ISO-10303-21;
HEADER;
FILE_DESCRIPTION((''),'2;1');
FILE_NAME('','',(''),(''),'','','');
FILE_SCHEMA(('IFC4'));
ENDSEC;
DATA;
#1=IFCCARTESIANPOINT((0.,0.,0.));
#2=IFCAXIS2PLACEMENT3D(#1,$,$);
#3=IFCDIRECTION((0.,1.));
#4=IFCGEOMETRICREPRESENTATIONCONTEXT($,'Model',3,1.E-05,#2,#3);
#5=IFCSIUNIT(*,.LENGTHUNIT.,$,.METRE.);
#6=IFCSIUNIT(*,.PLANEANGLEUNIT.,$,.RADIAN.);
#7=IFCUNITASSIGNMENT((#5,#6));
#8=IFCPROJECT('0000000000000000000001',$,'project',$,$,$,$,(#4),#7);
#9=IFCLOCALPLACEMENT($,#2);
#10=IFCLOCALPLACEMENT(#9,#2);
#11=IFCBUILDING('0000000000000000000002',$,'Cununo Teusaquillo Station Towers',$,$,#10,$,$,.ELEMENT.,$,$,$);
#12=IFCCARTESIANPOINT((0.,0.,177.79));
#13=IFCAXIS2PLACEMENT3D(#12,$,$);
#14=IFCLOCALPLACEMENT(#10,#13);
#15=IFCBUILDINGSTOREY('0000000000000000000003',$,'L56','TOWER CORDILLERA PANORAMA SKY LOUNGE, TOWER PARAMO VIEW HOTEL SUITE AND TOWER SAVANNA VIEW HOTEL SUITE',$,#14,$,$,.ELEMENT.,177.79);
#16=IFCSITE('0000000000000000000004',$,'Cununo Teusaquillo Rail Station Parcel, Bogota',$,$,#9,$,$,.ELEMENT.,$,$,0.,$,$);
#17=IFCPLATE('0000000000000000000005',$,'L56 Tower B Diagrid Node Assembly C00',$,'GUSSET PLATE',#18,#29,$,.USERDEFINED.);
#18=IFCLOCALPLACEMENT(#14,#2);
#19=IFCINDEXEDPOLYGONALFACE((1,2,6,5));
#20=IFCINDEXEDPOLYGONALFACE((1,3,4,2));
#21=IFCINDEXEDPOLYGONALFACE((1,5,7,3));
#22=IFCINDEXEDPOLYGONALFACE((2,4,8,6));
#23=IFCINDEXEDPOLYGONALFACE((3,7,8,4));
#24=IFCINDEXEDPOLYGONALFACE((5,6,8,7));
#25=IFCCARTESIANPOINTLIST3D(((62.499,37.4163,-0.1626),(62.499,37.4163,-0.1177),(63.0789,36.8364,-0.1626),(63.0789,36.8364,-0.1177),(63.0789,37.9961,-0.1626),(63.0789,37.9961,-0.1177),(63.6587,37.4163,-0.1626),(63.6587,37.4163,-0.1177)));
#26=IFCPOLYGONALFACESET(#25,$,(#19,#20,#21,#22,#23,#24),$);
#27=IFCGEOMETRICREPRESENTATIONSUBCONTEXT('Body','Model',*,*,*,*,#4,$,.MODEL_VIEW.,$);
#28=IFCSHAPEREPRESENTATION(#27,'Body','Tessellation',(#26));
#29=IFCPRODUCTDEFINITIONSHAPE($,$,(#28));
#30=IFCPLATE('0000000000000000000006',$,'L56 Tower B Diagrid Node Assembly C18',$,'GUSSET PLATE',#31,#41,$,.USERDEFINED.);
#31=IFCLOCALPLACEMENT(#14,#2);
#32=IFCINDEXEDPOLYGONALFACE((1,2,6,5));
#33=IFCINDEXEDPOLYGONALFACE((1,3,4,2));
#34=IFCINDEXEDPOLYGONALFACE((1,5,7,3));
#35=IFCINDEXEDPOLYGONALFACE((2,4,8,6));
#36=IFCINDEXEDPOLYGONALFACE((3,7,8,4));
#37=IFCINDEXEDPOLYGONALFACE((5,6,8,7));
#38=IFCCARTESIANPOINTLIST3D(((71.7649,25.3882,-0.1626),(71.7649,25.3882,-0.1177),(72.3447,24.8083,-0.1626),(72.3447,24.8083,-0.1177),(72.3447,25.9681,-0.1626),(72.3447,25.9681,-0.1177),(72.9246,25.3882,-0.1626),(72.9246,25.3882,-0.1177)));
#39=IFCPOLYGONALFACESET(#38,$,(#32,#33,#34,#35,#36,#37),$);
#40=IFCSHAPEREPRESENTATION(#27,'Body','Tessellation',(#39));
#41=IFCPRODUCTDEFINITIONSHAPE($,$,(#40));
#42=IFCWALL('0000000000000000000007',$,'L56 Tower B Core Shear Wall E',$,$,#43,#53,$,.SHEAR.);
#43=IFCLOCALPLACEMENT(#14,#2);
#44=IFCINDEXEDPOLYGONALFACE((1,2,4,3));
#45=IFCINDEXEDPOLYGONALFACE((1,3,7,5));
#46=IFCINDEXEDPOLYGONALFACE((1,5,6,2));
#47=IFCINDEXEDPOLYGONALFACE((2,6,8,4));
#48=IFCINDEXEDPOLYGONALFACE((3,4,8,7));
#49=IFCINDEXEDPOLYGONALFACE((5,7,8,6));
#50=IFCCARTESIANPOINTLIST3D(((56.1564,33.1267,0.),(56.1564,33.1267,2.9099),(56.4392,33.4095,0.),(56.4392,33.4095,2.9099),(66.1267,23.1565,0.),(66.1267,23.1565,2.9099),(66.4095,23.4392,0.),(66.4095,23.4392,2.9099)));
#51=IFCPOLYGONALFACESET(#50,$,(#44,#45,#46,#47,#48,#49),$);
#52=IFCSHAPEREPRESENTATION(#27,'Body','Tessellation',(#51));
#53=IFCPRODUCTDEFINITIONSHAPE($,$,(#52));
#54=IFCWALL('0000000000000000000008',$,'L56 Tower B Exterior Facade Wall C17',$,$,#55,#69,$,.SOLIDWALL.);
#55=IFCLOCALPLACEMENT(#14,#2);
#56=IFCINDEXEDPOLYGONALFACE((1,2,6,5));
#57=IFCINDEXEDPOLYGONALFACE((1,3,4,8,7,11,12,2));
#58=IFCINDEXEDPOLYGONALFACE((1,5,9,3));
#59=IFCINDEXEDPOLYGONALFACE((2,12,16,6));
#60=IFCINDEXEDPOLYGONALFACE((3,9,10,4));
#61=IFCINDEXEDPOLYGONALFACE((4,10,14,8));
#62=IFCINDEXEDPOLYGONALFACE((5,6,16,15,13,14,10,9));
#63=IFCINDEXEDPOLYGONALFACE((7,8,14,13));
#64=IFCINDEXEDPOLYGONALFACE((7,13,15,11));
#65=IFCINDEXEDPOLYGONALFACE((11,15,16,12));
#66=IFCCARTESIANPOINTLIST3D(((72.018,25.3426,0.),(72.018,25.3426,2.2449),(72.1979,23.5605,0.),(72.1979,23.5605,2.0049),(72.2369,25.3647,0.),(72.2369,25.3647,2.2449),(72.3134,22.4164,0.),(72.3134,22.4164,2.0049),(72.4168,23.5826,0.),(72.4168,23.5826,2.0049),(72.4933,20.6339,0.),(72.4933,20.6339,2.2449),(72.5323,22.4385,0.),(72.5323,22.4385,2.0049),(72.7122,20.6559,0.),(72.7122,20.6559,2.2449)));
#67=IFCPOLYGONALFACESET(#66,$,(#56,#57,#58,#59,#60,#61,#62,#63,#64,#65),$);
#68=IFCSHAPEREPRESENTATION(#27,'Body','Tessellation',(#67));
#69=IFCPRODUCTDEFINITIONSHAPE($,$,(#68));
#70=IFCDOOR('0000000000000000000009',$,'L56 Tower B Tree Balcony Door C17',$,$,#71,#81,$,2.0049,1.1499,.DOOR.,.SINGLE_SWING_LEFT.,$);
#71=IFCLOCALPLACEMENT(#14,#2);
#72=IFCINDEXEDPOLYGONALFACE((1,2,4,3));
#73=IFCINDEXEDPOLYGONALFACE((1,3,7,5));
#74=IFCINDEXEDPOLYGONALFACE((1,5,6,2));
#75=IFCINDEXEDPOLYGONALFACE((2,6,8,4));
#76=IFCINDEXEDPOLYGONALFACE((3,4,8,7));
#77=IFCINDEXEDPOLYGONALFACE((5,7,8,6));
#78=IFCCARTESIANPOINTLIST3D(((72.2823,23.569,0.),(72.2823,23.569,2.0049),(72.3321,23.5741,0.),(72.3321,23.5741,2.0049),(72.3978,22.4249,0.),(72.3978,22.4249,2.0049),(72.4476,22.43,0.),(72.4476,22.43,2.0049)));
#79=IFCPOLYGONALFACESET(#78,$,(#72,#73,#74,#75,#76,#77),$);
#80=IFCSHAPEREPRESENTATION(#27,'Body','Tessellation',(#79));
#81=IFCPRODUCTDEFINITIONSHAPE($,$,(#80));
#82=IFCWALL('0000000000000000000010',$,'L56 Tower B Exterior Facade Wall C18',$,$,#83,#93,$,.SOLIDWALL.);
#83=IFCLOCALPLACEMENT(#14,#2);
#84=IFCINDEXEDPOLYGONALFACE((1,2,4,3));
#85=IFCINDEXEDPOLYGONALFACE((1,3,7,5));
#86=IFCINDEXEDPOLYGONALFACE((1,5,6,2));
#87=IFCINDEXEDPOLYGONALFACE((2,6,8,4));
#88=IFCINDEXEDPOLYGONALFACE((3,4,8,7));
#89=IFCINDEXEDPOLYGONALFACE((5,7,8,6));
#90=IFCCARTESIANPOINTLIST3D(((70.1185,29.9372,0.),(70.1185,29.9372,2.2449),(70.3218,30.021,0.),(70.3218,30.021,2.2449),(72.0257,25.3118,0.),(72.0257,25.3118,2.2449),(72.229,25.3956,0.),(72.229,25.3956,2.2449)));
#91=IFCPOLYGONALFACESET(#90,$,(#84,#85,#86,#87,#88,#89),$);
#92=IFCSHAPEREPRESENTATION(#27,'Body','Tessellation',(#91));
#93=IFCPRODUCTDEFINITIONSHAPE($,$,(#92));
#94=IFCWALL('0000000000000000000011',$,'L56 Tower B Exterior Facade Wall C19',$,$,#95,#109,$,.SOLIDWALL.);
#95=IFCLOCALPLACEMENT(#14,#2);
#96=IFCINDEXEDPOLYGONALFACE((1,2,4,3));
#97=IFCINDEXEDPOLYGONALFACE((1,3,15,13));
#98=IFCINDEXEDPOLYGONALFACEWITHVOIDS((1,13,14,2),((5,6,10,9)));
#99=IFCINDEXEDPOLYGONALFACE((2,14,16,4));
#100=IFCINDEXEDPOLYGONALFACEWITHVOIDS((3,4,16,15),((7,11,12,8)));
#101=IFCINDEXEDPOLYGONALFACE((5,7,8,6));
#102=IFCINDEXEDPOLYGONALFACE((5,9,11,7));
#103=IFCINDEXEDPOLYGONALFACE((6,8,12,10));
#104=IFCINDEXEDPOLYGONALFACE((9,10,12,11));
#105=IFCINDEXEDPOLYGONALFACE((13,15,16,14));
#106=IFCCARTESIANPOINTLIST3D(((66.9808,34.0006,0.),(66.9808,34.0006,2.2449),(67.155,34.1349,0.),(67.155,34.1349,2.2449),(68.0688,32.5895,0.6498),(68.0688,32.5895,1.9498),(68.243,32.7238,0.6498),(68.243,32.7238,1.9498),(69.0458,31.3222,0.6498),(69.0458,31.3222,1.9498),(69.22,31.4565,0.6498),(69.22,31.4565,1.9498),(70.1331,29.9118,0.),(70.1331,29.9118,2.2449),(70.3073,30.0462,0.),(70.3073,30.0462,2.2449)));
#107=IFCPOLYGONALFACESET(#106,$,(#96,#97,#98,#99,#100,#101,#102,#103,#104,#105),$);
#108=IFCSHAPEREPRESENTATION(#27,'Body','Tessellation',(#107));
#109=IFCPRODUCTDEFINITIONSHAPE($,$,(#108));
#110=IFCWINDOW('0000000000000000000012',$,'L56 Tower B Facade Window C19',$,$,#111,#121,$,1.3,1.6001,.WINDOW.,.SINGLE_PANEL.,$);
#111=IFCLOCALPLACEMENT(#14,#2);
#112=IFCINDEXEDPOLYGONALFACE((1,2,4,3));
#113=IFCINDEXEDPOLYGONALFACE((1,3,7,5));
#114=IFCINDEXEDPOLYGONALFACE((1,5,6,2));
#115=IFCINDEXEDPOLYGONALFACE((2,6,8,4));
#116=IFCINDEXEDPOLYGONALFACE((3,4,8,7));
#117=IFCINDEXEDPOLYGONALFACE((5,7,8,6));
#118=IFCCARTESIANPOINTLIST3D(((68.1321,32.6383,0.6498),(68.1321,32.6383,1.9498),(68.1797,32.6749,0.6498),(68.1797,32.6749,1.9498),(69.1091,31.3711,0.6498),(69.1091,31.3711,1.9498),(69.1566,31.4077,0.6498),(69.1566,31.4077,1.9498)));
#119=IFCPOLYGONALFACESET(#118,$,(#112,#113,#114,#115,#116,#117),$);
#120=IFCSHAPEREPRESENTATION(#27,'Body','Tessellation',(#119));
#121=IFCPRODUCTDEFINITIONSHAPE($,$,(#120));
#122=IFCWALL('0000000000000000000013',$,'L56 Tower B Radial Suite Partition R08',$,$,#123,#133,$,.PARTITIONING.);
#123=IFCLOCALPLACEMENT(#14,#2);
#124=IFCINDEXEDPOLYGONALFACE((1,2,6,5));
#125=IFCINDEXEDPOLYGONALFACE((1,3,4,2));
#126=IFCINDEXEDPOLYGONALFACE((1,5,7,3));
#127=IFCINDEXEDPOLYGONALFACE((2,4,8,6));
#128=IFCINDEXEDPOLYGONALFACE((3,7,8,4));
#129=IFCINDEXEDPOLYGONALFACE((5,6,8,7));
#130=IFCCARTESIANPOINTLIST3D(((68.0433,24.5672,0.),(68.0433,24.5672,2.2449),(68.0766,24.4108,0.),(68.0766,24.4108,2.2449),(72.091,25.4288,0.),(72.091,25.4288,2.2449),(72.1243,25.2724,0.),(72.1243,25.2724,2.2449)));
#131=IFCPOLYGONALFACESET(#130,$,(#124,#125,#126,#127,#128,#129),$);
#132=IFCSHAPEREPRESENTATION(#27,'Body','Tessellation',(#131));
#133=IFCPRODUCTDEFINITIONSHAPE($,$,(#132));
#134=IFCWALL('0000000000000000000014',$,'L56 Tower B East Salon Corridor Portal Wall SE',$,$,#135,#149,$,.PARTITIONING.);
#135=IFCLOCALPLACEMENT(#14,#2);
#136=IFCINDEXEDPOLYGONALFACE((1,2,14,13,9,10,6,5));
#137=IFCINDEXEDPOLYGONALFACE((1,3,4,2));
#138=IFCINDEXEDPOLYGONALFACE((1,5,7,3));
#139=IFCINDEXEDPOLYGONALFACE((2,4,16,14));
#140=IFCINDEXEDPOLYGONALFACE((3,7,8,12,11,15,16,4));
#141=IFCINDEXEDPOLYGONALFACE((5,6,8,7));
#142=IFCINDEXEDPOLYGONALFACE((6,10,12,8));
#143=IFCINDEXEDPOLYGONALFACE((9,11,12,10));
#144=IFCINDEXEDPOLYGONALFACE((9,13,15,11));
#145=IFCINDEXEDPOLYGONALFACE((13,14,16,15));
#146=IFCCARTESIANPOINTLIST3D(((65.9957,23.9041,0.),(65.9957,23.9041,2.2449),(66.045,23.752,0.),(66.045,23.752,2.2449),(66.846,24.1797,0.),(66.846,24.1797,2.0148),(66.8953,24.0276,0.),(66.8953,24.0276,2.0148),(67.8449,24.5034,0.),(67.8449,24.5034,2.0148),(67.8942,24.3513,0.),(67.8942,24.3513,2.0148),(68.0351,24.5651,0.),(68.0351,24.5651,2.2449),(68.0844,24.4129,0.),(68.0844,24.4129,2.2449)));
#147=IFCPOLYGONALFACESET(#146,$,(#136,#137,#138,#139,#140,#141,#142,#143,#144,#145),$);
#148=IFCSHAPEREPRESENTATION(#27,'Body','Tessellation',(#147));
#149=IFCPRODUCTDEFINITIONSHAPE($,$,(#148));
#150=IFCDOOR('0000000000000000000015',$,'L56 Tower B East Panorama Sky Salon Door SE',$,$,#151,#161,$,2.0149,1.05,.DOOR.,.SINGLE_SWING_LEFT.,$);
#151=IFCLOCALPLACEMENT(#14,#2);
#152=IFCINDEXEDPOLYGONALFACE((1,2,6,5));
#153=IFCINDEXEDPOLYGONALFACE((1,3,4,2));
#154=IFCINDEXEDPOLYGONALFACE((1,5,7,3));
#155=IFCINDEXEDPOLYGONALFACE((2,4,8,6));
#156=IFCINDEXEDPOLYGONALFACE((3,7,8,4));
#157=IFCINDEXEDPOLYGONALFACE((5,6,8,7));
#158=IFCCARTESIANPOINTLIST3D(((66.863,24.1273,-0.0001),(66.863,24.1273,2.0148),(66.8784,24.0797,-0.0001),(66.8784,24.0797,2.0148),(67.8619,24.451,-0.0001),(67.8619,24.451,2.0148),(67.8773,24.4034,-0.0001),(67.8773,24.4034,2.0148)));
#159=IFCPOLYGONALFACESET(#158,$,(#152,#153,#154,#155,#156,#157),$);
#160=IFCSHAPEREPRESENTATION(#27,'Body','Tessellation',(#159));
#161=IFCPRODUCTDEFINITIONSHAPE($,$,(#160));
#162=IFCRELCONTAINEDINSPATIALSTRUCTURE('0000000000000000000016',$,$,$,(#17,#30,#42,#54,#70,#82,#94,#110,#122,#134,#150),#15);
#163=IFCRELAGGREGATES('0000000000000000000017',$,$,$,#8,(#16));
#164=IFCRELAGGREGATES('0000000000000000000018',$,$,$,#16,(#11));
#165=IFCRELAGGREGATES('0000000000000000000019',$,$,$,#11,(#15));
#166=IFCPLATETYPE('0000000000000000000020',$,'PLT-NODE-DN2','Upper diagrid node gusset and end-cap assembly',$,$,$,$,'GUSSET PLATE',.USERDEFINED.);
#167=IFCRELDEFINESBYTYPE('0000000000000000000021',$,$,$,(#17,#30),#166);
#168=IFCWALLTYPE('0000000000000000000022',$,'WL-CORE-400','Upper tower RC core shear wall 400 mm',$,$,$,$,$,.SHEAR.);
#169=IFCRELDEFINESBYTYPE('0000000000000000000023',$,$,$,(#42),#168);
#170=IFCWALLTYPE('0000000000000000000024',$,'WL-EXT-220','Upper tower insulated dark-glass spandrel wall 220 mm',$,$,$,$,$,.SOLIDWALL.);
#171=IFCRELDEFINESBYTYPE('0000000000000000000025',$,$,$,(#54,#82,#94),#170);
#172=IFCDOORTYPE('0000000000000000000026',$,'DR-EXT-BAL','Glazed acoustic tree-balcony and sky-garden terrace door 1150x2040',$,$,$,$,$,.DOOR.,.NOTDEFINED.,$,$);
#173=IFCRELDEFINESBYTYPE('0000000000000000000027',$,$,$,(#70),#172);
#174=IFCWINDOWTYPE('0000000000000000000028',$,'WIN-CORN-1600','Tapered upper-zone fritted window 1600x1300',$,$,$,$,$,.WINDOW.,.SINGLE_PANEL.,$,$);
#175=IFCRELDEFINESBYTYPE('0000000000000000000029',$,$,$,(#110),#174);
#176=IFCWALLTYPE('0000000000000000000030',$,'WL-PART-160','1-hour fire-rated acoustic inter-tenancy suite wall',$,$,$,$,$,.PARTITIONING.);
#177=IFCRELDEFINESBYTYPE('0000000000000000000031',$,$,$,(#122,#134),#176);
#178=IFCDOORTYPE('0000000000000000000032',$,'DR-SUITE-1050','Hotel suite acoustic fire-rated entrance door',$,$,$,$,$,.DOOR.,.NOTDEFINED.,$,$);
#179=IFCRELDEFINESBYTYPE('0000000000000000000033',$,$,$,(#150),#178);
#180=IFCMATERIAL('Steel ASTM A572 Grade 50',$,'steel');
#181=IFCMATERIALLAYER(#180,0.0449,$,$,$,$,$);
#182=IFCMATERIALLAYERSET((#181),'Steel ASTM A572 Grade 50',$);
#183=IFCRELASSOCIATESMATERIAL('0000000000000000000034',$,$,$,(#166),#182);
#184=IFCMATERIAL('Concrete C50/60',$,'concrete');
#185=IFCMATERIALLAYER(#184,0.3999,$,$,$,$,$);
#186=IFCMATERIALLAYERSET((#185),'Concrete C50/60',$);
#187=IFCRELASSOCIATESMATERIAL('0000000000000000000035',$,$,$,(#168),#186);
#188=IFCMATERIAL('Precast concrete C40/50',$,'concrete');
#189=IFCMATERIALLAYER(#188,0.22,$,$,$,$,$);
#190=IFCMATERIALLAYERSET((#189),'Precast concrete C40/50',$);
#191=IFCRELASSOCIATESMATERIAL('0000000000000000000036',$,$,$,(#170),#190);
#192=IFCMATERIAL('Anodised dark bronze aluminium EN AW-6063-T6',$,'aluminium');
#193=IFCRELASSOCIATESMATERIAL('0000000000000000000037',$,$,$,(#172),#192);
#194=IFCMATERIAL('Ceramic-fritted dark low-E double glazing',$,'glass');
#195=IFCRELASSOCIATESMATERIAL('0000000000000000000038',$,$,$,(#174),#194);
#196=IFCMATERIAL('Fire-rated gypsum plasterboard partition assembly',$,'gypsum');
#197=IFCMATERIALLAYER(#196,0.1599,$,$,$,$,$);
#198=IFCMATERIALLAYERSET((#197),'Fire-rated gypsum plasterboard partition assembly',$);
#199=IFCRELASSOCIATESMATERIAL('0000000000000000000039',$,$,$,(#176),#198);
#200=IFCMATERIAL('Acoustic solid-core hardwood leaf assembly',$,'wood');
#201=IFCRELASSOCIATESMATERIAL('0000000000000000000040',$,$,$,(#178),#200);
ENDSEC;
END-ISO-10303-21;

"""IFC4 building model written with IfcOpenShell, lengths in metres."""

from ifc_helpers import new_model, si_unit, direction, frame, frame_2d, origin, origin_2d, place, context, subcontext, project, spatial, rectangle, extrude, source, transform, mapped, material, layer, layer_set, type_object, element, fill, save


model = new_model("IFC4")

# Units and contexts
model_context = context("Model", 3, precision=1e-05, world=origin(), true_north=direction((0.0, 1.0)))
body_context = subcontext(model_context, "Body", "Model", "MODEL_VIEW")
ifc_project = project(units=[si_unit("LENGTHUNIT", "METRE"), si_unit("PLANEANGLEUNIT", "RADIAN")], contexts=[model_context])

# Site, building, storey
site_placement = place(None, origin())
site = spatial("IfcSite", under=ifc_project, at=site_placement, Name="Cununo Teusaquillo Rail Station Parcel, Bogota", CompositionType="ELEMENT", RefElevation=0.0)
building_placement = place(site_placement, origin())
building = spatial("IfcBuilding", under=site, at=building_placement, Name="Cununo Teusaquillo Station Towers", CompositionType="ELEMENT")
storey_placement = place(building_placement, frame((0.0, 0.0, 177.79)))
storey = spatial("IfcBuildingStorey", under=building, at=storey_placement, Name="L56", Description="TOWER CORDILLERA PANORAMA SKY LOUNGE, TOWER PARAMO VIEW HOTEL SUITE AND TOWER SAVANNA VIEW HOTEL SUITE", CompositionType="ELEMENT", Elevation=177.79)

# Plates
ifc_material_1 = material(Name="Steel ASTM A572 Grade 50", Category="steel")
ifc_layer_1 = layer(ifc_material_1, 0.0449)
ifc_layer_set_1 = layer_set([ifc_layer_1], Name="Steel ASTM A572 Grade 50")
plate_type = type_object("IfcPlateType", Name="PLT-NODE-DN2", Description="Upper diagrid node gusset and end-cap assembly", ElementType="GUSSET PLATE", PredefinedType="USERDEFINED", material=ifc_layer_set_1)
shared_shape_1 = source(origin(), body_context, "Body", "SweptSolid", [
    extrude(rectangle(XDim=0.8201, YDim=0.8201, at=origin_2d()), origin(), (0.0, 0.0, 1.0), 0.0449),
])
for number, where, z_axis, x_axis, name in (
    (1, (63.0789, 37.4163, -0.1626), (0.0, 0.0, 1.0), (0.707107, 0.707107, 0.0), "L56 Tower B Diagrid Node Assembly C00"),
    (2, (72.3447, 25.3882, -0.1626), (0.0, 0.0, 1.0), (0.707107, 0.707107, 0.0), "L56 Tower B Diagrid Node Assembly C18"),
):
    element("IfcPlate", number, at=place(storey_placement, frame(where, z_axis=z_axis, x_axis=x_axis)), inside=storey, type_object=plate_type, Name=name, ObjectType="GUSSET PLATE", PredefinedType="USERDEFINED", context=body_context, shape_type="MappedRepresentation", body=[
        mapped(shared_shape_1, transform((0.0, 0.0, 0.0), x_axis=(1.0, 0.0, 0.0), y_axis=(0.0, 1.0, 0.0), z_axis=(0.0, 0.0, 1.0), scale=1.0)),
    ])

# Wall
ifc_material_2 = material(Name="Concrete C50/60", Category="concrete")
ifc_layer_2 = layer(ifc_material_2, 0.3999)
ifc_layer_set_2 = layer_set([ifc_layer_2], Name="Concrete C50/60")
wall_type_1 = type_object("IfcWallType", Name="WL-CORE-400", Description="Upper tower RC core shear wall 400 mm", PredefinedType="SHEAR", material=ifc_layer_set_2)
wall_1_placement = place(storey_placement, frame((66.2681, 23.2979, 0.0), z_axis=(0.0, 0.0, 1.0), x_axis=(-0.707107, 0.707107, 0.0)))
element("IfcWall", 3, at=wall_1_placement, inside=storey, type_object=wall_type_1, Name="L56 Tower B Core Shear Wall E", PredefinedType="SHEAR", context=body_context, shape_type="SweptSolid", body=[
    extrude(rectangle(XDim=14.1001, YDim=0.3999, at=frame_2d((7.05, 0.0))), origin(), (0.0, 0.0, 1.0), 2.9099),
])

# Wall, opening, door
ifc_material_3 = material(Name="Precast concrete C40/50", Category="concrete")
ifc_layer_3 = layer(ifc_material_3, 0.22)
ifc_layer_set_3 = layer_set([ifc_layer_3], Name="Precast concrete C40/50")
wall_type_2 = type_object("IfcWallType", Name="WL-EXT-220", Description="Upper tower insulated dark-glass spandrel wall 220 mm", PredefinedType="SOLIDWALL", material=ifc_layer_set_3)
wall_2_placement = place(storey_placement, frame((72.1274, 25.3535, 0.0), z_axis=(0.0, 0.0, 1.0), x_axis=(0.100438, -0.994943, 0.0)))
wall_2 = element("IfcWall", 4, at=wall_2_placement, inside=storey, type_object=wall_type_2, Name="L56 Tower B Exterior Facade Wall C17", PredefinedType="SOLIDWALL", context=body_context, shape_type="SweptSolid", body=[
    extrude(rectangle(XDim=4.7327, YDim=0.22, at=frame_2d((2.3662, 0.0))), origin(), (0.0, 0.0, 1.0), 2.2449),
])
shared_shape_2 = source(origin(), body_context, "Body", "SweptSolid", [
    extrude(rectangle(XDim=1.1499, YDim=2.0049, at=frame_2d((0.575, 1.0024))), frame((0.0, 0.1199, 0.0), z_axis=(0.0, -1.0, 0.0), x_axis=(1.0, 0.0, 0.0)), (0.0, 0.0, 1.0), 0.24),
])
opening_1_placement = place(wall_2_placement, frame((1.791, 0.0, 0.0)))
opening_1 = element("IfcOpeningElement", 5, at=opening_1_placement, cuts=wall_2, PredefinedType="OPENING", context=body_context, shape_type="MappedRepresentation", body=[
    mapped(shared_shape_2, transform((0.0, 0.0, 0.0), x_axis=(1.0, 0.0, 0.0), y_axis=(0.0, 1.0, 0.0), z_axis=(0.0, 0.0, 1.0), scale=1.0)),
])
ifc_material_4 = material(Name="Anodised dark bronze aluminium EN AW-6063-T6", Category="aluminium")
door_type_1 = type_object("IfcDoorType", Name="DR-EXT-BAL", Description="Glazed acoustic tree-balcony and sky-garden terrace door 1150x2040", OperationType="NOTDEFINED", PredefinedType="DOOR", material=ifc_material_4)
shared_shape_3 = source(origin(), body_context, "Body", "SweptSolid", [
    extrude(rectangle(XDim=1.1499, YDim=2.0049, at=frame_2d((0.575, 1.0024))), frame((0.0, 0.0249, 0.0), z_axis=(0.0, -1.0, 0.0), x_axis=(1.0, 0.0, 0.0)), (0.0, 0.0, 1.0), 0.05),
])
door_1_placement = place(opening_1_placement, origin())
door_1 = element("IfcDoor", 6, at=door_1_placement, inside=storey, type_object=door_type_1, Name="L56 Tower B Tree Balcony Door C17", OperationType="SINGLE_SWING_LEFT", OverallHeight=2.0049, OverallWidth=1.1499, PredefinedType="DOOR", context=body_context, shape_type="MappedRepresentation", body=[
    mapped(shared_shape_3, transform((0.0, 0.0, 0.0), x_axis=(1.0, 0.0, 0.0), y_axis=(0.0, 1.0, 0.0), z_axis=(0.0, 0.0, 1.0), scale=1.0)),
])
fill(opening_1, door_1)

# Wall
wall_3_placement = place(storey_placement, frame((70.2202, 29.979, 0.0), z_axis=(0.0, 0.0, 1.0), x_axis=(0.381196, -0.924494, 0.0)))
element("IfcWall", 7, at=wall_3_placement, inside=storey, type_object=wall_type_2, Name="L56 Tower B Exterior Facade Wall C18", PredefinedType="SOLIDWALL", context=body_context, shape_type="SweptSolid", body=[
    extrude(rectangle(XDim=5.0032, YDim=0.22, at=frame_2d((2.5015, 0.0))), origin(), (0.0, 0.0, 1.0), 2.2449),
])

# Wall, opening, window
wall_4_placement = place(storey_placement, frame((67.0679, 34.0679, 0.0), z_axis=(0.0, 0.0, 1.0), x_axis=(0.61057, -0.791963, 0.0)))
wall_4 = element("IfcWall", 8, at=wall_4_placement, inside=storey, type_object=wall_type_2, Name="L56 Tower B Exterior Facade Wall C19", PredefinedType="SOLIDWALL", context=body_context, shape_type="SweptSolid", body=[
    extrude(rectangle(XDim=5.1628, YDim=0.22, at=frame_2d((2.5815, 0.0))), origin(), (0.0, 0.0, 1.0), 2.2449),
])
shared_shape_4 = source(origin(), body_context, "Body", "SweptSolid", [
    extrude(rectangle(XDim=1.6001, YDim=1.3, at=frame_2d((0.8, 0.6499))), frame((0.0, 0.1199, 0.0), z_axis=(0.0, -1.0, 0.0), x_axis=(1.0, 0.0, 0.0)), (0.0, 0.0, 1.0), 0.24),
])
opening_2_placement = place(wall_4_placement, frame((1.782, 0.0, 0.6499)))
opening_2 = element("IfcOpeningElement", 9, at=opening_2_placement, cuts=wall_4, PredefinedType="OPENING", context=body_context, shape_type="MappedRepresentation", body=[
    mapped(shared_shape_4, transform((0.0, 0.0, 0.0), x_axis=(1.0, 0.0, 0.0), y_axis=(0.0, 1.0, 0.0), z_axis=(0.0, 0.0, 1.0), scale=1.0)),
])
ifc_material_5 = material(Name="Ceramic-fritted dark low-E double glazing", Category="glass")
window_type = type_object("IfcWindowType", Name="WIN-CORN-1600", Description="Tapered upper-zone fritted window 1600x1300", PartitioningType="SINGLE_PANEL", PredefinedType="WINDOW", material=ifc_material_5)
shared_shape_5 = source(origin(), body_context, "Body", "SweptSolid", [
    extrude(rectangle(XDim=1.6001, YDim=1.3, at=frame_2d((0.8, 0.6499))), frame((0.0, 0.03, 0.0), z_axis=(0.0, -1.0, 0.0), x_axis=(1.0, 0.0, 0.0)), (0.0, 0.0, 1.0), 0.0601),
])
window_placement = place(opening_2_placement, origin())
window = element("IfcWindow", 10, at=window_placement, inside=storey, type_object=window_type, Name="L56 Tower B Facade Window C19", OverallHeight=1.3, OverallWidth=1.6001, PartitioningType="SINGLE_PANEL", PredefinedType="WINDOW", context=body_context, shape_type="MappedRepresentation", body=[
    mapped(shared_shape_5, transform((0.0, 0.0, 0.0), x_axis=(1.0, 0.0, 0.0), y_axis=(0.0, 1.0, 0.0), z_axis=(0.0, 0.0, 1.0), scale=1.0)),
])
fill(opening_2, window)

# Wall
ifc_material_6 = material(Name="Fire-rated gypsum plasterboard partition assembly", Category="gypsum")
ifc_layer_4 = layer(ifc_material_6, 0.1599)
ifc_layer_set_4 = layer_set([ifc_layer_4], Name="Fire-rated gypsum plasterboard partition assembly")
wall_type_3 = type_object("IfcWallType", Name="WL-PART-160", Description="1-hour fire-rated acoustic inter-tenancy suite wall", PredefinedType="PARTITIONING", material=ifc_layer_set_4)
wall_5_placement = place(storey_placement, frame((68.0598, 24.489, 0.0), z_axis=(0.0, 0.0, 1.0), x_axis=(0.97809, 0.208183, 0.0)))
element("IfcWall", 11, at=wall_5_placement, inside=storey, type_object=wall_type_3, Name="L56 Tower B Radial Suite Partition R08", PredefinedType="PARTITIONING", context=body_context, shape_type="SweptSolid", body=[
    extrude(rectangle(XDim=4.1384, YDim=0.1599, at=frame_2d((2.0693, 0.0))), origin(), (0.0, 0.0, 1.0), 2.2449),
])

# Wall, opening, door
wall_6_placement = place(storey_placement, frame((66.0205, 23.8281, 0.0), z_axis=(0.0, 0.0, 1.0), x_axis=(0.951292, 0.30829, 0.0)))
wall_6 = element("IfcWall", 12, at=wall_6_placement, inside=storey, type_object=wall_type_3, Name="L56 Tower B East Salon Corridor Portal Wall SE", PredefinedType="PARTITIONING", context=body_context, shape_type="SweptSolid", body=[
    extrude(rectangle(XDim=2.1438, YDim=0.1599, at=frame_2d((1.0718, 0.0))), origin(), (0.0, 0.0, 1.0), 2.2449),
])
shared_shape_6 = source(origin(), body_context, "Body", "SweptSolid", [
    extrude(rectangle(XDim=1.05, YDim=2.0149, at=frame_2d((0.5249, 1.0073))), frame((0.0, 0.0898, 0.0), z_axis=(0.0, -1.0, 0.0), x_axis=(1.0, 0.0, 0.0)), (0.0, 0.0, 1.0), 0.1799),
])
opening_3_placement = place(wall_6_placement, frame((0.8938, 0.0, 0.0)))
opening_3 = element("IfcOpeningElement", 13, at=opening_3_placement, cuts=wall_6, PredefinedType="OPENING", context=body_context, shape_type="MappedRepresentation", body=[
    mapped(shared_shape_6, transform((0.0, 0.0, 0.0), x_axis=(1.0, 0.0, 0.0), y_axis=(0.0, 1.0, 0.0), z_axis=(0.0, 0.0, 1.0), scale=1.0)),
])
ifc_material_7 = material(Name="Acoustic solid-core hardwood leaf assembly", Category="wood")
door_type_2 = type_object("IfcDoorType", Name="DR-SUITE-1050", Description="Hotel suite acoustic fire-rated entrance door", OperationType="NOTDEFINED", PredefinedType="DOOR", material=ifc_material_7)
shared_shape_7 = source(origin(), body_context, "Body", "SweptSolid", [
    extrude(rectangle(XDim=1.05, YDim=2.0149, at=frame_2d((0.5249, 1.0073))), frame((0.0, 0.0249, 0.0), z_axis=(0.0, -1.0, 0.0), x_axis=(1.0, 0.0, 0.0)), (0.0, 0.0, 1.0), 0.05),
])
door_2_placement = place(opening_3_placement, origin())
door_2 = element("IfcDoor", 14, at=door_2_placement, inside=storey, type_object=door_type_2, Name="L56 Tower B East Panorama Sky Salon Door SE", OperationType="SINGLE_SWING_LEFT", OverallHeight=2.0149, OverallWidth=1.05, PredefinedType="DOOR", context=body_context, shape_type="MappedRepresentation", body=[
    mapped(shared_shape_7, transform((0.0, 0.0, 0.0), x_axis=(1.0, 0.0, 0.0), y_axis=(0.0, 1.0, 0.0), z_axis=(0.0, 0.0, 1.0), scale=1.0)),
])
fill(opening_3, door_2)

save(model, "model.ifc")
